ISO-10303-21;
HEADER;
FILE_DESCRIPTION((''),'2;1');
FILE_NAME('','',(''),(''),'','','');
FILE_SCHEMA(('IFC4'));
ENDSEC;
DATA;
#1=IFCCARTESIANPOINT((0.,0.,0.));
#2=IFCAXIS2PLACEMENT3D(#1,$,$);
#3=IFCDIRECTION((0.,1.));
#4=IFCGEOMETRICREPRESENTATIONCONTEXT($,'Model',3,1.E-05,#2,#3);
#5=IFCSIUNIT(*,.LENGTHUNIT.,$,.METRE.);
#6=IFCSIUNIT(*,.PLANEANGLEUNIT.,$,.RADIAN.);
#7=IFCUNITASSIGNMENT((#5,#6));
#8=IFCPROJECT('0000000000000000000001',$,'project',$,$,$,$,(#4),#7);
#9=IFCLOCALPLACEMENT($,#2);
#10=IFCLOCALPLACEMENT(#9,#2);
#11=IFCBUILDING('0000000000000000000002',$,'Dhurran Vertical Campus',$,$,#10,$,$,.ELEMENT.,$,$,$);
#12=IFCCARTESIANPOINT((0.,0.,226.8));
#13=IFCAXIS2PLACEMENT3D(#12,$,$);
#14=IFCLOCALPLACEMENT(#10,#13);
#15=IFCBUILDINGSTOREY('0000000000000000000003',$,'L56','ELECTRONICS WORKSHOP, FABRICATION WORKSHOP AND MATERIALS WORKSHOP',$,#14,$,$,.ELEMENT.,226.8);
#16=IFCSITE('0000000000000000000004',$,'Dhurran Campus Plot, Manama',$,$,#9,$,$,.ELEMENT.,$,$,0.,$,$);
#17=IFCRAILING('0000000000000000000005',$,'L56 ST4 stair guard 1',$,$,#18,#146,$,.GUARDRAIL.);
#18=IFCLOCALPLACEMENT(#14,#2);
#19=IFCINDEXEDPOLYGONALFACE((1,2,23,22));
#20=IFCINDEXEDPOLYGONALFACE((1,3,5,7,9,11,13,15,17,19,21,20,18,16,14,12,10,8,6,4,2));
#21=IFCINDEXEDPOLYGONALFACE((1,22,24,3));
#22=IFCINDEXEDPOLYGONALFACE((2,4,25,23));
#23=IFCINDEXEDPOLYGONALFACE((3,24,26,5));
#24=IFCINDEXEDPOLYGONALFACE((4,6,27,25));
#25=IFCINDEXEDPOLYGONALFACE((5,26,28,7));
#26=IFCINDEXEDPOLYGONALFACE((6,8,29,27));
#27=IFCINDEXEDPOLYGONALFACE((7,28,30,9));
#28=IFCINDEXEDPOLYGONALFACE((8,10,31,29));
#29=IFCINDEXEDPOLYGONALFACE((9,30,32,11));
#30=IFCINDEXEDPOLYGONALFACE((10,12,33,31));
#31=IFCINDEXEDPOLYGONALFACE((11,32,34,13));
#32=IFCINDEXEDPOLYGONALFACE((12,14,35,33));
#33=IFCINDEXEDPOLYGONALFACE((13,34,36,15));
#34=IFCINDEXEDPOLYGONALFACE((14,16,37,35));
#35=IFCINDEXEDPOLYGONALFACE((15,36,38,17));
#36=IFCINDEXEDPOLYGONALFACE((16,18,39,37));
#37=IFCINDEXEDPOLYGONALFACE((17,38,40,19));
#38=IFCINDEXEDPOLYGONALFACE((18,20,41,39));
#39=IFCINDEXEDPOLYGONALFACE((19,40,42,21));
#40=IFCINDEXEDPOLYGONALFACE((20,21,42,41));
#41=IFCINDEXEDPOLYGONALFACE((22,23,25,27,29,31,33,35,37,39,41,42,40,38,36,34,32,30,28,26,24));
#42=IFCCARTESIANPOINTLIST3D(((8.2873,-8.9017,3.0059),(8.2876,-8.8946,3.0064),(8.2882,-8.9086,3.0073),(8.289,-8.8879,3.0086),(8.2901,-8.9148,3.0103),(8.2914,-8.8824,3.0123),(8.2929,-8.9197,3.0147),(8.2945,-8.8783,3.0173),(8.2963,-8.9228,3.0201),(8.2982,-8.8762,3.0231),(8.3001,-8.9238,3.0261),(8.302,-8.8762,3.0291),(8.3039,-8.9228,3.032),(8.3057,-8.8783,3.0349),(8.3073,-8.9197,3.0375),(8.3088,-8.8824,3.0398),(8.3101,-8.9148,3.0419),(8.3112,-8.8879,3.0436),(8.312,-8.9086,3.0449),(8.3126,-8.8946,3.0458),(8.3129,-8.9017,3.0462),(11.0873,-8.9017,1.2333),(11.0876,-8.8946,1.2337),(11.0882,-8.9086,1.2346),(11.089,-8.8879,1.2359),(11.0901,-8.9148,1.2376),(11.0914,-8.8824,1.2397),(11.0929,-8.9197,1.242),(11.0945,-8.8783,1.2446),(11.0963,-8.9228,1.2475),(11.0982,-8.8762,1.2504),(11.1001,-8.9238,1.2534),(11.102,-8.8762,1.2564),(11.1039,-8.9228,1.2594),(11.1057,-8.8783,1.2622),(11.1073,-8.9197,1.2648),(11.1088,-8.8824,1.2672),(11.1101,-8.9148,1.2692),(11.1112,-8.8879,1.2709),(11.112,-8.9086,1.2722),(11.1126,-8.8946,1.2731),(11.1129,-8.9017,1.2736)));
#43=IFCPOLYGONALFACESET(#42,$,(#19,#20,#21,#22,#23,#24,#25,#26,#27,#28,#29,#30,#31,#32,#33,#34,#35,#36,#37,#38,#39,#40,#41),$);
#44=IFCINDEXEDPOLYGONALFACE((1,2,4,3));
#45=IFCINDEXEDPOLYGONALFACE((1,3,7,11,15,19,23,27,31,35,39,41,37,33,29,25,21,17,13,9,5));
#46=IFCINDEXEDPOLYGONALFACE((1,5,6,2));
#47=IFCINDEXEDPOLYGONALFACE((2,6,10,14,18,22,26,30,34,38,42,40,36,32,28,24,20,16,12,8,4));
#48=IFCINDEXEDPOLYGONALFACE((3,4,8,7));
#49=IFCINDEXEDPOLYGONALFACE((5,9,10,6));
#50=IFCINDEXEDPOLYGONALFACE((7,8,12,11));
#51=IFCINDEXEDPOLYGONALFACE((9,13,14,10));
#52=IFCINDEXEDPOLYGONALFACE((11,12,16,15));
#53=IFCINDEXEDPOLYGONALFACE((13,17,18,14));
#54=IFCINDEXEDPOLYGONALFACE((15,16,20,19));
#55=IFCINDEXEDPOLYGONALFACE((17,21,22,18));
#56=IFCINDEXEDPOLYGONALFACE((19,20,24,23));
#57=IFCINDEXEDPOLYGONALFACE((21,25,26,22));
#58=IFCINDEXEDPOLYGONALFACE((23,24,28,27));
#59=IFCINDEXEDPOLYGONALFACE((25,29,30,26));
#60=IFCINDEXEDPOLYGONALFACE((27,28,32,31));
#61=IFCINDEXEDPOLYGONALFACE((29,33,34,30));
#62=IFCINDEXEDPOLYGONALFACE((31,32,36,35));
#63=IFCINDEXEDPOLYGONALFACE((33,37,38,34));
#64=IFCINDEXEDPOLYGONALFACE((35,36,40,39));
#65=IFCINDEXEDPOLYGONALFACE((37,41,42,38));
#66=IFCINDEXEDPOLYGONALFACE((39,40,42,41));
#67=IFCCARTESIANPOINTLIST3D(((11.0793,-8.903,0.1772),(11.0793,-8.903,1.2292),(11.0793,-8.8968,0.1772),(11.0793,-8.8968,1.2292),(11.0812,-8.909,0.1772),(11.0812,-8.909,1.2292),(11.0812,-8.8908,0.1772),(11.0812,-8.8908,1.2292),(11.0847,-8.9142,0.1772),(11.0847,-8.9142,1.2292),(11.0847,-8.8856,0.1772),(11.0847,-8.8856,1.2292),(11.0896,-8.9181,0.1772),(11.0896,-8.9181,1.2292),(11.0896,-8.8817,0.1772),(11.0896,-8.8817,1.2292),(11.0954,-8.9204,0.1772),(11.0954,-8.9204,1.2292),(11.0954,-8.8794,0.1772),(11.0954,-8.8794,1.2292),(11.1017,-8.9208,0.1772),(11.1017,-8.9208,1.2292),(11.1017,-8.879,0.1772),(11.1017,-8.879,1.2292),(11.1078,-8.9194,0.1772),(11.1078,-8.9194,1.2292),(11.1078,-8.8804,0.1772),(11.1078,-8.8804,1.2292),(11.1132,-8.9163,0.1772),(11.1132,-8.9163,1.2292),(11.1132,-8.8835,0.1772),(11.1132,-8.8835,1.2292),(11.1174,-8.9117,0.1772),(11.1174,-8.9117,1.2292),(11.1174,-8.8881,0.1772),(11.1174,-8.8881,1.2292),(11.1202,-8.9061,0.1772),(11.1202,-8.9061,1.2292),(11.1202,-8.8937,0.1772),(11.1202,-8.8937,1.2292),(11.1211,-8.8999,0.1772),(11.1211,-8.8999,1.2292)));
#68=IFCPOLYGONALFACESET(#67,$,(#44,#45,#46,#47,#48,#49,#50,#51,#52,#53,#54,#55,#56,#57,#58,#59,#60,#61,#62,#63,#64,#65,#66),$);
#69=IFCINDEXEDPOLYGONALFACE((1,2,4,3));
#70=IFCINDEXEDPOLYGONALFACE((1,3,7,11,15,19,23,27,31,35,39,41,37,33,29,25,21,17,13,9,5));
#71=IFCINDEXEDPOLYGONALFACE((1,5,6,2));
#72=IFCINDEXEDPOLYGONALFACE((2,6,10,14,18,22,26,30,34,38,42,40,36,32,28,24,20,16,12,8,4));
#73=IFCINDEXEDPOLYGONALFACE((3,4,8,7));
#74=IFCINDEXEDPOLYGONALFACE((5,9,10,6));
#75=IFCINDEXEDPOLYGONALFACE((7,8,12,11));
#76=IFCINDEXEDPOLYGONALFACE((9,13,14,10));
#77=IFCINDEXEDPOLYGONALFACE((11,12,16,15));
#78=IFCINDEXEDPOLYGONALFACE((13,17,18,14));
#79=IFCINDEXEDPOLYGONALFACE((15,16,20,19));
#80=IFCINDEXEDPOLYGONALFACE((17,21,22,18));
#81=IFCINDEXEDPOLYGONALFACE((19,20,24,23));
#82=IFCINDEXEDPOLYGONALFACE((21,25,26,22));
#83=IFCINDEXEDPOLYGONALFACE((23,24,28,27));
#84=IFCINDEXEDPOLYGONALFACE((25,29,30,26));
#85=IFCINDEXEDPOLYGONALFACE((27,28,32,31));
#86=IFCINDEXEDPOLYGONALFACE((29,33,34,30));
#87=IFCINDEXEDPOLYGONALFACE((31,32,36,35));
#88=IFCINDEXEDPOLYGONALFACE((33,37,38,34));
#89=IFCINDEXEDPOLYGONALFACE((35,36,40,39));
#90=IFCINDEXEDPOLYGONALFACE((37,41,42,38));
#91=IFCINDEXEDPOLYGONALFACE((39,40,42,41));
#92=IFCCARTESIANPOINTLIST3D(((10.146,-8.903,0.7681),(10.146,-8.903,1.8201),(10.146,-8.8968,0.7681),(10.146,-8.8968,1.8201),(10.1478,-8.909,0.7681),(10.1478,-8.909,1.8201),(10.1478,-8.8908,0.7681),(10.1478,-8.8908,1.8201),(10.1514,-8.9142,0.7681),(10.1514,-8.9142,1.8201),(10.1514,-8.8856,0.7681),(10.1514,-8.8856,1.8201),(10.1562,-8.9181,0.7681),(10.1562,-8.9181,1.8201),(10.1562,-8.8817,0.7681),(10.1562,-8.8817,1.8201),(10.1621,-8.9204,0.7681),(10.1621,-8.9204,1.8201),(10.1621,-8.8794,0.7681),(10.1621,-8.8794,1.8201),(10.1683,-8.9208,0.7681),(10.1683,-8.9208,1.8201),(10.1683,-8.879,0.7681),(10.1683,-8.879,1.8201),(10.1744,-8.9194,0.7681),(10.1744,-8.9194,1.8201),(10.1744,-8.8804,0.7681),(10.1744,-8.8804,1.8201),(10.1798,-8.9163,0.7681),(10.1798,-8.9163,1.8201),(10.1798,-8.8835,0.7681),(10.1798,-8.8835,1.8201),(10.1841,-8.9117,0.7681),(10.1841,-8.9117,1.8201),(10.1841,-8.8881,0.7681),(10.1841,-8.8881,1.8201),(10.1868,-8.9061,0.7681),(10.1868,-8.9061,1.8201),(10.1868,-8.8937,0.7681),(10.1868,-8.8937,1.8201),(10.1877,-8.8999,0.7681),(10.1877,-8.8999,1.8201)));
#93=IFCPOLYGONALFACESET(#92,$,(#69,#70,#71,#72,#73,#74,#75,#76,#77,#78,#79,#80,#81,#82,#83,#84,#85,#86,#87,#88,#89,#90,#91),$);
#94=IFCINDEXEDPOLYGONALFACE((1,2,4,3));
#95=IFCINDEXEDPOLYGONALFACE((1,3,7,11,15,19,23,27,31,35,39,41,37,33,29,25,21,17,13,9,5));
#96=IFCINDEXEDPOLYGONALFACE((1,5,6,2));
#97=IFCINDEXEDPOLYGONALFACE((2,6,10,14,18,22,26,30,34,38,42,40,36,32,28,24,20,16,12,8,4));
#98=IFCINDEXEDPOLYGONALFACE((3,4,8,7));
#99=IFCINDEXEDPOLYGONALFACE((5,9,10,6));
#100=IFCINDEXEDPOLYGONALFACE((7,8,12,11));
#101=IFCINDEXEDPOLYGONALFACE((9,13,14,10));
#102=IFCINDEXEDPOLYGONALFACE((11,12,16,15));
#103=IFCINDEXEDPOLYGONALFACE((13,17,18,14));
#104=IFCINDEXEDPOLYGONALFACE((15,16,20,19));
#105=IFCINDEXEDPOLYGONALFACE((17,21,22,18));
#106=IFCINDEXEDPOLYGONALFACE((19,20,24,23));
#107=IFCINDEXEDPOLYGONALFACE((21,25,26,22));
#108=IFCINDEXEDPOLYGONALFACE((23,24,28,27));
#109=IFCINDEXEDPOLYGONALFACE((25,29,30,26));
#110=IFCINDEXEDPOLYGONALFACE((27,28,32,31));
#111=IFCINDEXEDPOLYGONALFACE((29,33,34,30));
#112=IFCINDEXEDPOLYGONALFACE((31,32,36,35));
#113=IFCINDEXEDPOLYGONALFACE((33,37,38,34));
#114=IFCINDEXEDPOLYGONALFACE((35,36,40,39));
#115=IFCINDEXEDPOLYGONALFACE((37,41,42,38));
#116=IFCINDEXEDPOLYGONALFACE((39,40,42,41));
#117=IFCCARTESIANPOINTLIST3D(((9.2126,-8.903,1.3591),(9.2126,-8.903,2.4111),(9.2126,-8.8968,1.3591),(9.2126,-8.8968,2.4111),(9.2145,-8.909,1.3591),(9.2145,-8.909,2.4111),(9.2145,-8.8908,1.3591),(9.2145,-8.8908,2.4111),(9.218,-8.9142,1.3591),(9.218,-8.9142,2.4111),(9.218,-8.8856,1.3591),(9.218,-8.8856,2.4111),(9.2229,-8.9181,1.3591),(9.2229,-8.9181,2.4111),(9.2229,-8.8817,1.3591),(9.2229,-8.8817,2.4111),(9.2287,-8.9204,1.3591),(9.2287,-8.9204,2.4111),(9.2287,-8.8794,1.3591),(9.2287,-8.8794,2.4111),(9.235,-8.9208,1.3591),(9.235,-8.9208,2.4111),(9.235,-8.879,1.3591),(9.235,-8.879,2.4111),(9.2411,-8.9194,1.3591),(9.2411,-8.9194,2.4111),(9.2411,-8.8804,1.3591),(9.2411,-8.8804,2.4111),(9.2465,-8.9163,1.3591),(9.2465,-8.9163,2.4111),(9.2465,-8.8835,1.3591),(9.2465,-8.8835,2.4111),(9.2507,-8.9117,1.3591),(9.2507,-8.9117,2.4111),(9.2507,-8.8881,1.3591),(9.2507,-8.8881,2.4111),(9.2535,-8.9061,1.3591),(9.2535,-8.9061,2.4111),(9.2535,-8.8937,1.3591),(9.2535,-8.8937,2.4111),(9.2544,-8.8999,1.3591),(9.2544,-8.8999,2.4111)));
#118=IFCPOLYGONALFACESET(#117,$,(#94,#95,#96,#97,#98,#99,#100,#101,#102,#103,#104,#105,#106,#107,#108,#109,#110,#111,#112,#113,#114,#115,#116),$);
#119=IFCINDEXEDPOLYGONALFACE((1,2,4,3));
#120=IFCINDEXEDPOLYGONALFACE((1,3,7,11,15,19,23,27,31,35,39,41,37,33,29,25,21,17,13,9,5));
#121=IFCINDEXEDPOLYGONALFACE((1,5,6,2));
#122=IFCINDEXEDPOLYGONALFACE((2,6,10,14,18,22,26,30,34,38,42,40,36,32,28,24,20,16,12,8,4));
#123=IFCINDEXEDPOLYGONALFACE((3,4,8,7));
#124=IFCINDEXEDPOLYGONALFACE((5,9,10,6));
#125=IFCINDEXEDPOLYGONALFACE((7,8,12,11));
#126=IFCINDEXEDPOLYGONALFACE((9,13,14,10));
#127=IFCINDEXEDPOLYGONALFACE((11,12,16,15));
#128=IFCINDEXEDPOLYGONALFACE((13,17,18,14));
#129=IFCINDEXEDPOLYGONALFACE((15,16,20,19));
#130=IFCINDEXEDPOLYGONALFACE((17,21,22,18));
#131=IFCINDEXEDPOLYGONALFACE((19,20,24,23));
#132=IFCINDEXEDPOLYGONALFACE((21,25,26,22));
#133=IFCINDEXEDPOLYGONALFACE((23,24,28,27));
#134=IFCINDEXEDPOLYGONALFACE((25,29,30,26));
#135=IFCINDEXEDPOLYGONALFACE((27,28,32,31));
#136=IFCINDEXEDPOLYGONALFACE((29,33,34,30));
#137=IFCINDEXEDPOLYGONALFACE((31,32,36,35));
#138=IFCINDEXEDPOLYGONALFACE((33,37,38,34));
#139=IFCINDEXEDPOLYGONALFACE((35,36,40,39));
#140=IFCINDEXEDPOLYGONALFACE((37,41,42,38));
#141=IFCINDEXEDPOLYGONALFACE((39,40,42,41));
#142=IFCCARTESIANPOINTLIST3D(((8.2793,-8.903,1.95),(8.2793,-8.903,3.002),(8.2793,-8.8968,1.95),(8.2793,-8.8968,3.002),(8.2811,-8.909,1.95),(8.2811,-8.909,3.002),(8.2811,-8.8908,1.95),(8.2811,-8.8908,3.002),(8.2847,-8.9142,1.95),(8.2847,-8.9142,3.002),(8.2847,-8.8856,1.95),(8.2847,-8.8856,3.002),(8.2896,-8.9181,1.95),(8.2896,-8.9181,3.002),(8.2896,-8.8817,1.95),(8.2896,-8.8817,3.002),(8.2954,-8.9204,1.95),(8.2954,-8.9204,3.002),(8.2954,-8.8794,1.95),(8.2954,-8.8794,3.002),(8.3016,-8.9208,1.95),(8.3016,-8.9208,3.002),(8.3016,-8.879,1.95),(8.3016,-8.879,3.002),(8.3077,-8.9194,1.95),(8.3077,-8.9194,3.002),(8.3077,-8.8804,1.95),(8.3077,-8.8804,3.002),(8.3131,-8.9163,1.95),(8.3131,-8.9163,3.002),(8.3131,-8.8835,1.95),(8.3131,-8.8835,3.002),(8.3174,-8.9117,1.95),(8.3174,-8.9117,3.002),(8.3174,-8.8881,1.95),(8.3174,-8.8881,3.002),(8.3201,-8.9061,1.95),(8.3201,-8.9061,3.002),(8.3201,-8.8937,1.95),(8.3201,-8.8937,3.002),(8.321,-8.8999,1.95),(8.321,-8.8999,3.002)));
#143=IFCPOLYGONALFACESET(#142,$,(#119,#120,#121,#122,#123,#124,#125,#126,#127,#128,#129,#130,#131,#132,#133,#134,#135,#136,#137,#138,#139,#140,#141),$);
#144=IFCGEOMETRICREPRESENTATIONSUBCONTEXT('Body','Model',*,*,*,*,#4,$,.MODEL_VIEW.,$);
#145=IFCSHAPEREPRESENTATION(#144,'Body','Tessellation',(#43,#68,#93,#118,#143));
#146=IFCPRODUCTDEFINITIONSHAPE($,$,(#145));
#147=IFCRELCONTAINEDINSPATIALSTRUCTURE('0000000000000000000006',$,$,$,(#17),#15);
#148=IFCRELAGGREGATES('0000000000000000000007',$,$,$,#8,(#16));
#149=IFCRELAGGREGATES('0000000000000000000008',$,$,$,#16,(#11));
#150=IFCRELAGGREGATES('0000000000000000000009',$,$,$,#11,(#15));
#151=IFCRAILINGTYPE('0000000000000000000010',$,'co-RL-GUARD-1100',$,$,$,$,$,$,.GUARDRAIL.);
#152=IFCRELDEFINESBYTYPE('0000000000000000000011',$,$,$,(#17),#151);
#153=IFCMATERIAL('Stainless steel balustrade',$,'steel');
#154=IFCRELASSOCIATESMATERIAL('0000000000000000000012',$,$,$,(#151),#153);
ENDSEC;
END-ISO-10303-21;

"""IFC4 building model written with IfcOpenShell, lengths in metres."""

from ifc_helpers import new_model, si_unit, direction, frame, origin, origin_2d, place, context, subcontext, project, spatial, circle, extrude, material, type_object, element, save


model = new_model("IFC4")

# Units and contexts
model_context = context("Model", 3, precision=1e-05, world=origin(), true_north=direction((0.0, 1.0)))
body_context = subcontext(model_context, "Body", "Model", "MODEL_VIEW")
ifc_project = project(units=[si_unit("LENGTHUNIT", "METRE"), si_unit("PLANEANGLEUNIT", "RADIAN")], contexts=[model_context])

# Site, building, storey
site_placement = place(None, origin())
site = spatial("IfcSite", under=ifc_project, at=site_placement, Name="Dhurran Campus Plot, Manama", CompositionType="ELEMENT", RefElevation=0.0)
building_placement = place(site_placement, origin())
building = spatial("IfcBuilding", under=site, at=building_placement, Name="Dhurran Vertical Campus", CompositionType="ELEMENT")
storey_placement = place(building_placement, frame((0.0, 0.0, 226.8)))
storey = spatial("IfcBuildingStorey", under=building, at=storey_placement, Name="L56", Description="ELECTRONICS WORKSHOP, FABRICATION WORKSHOP AND MATERIALS WORKSHOP", CompositionType="ELEMENT", Elevation=226.8)

# Railing
ifc_material_1 = material(Name="Stainless steel balustrade", Category="steel")
railing_type_1 = type_object("IfcRailingType", Name="co-RL-GUARD-1100", PredefinedType="GUARDRAIL", material=ifc_material_1)
railing_1_placement = place(storey_placement, frame((11.1001, -8.8999, 0.1772)))
element("IfcRailing", 1, at=railing_1_placement, inside=storey, type_object=railing_type_1, Name="L56 ST4 stair guard 1", PredefinedType="GUARDRAIL", context=body_context, shape_type="SweptSolid", body=[
    extrude(circle(Radius=0.0239, at=origin_2d()), frame((0.0, 0.0, 1.0762), z_axis=(-0.844909, 0.0, 0.53491), x_axis=(0.0, -1.0, 0.0)), (0.0, 0.0, 1.0), 3.314),
    extrude(circle(Radius=0.021, at=origin_2d()), origin(), (0.0, 0.0, 1.0), 1.052),
    extrude(circle(Radius=0.021, at=origin_2d()), frame((-0.9333, 0.0, 0.5908)), (0.0, 0.0, 1.0), 1.052),
    extrude(circle(Radius=0.021, at=origin_2d()), frame((-1.8667, 0.0, 1.1819)), (0.0, 0.0, 1.0), 1.052),
    extrude(circle(Radius=0.021, at=origin_2d()), frame((-2.8, 0.0, 1.7727)), (0.0, 0.0, 1.0), 1.052),
])

save(model, "model.ifc")
